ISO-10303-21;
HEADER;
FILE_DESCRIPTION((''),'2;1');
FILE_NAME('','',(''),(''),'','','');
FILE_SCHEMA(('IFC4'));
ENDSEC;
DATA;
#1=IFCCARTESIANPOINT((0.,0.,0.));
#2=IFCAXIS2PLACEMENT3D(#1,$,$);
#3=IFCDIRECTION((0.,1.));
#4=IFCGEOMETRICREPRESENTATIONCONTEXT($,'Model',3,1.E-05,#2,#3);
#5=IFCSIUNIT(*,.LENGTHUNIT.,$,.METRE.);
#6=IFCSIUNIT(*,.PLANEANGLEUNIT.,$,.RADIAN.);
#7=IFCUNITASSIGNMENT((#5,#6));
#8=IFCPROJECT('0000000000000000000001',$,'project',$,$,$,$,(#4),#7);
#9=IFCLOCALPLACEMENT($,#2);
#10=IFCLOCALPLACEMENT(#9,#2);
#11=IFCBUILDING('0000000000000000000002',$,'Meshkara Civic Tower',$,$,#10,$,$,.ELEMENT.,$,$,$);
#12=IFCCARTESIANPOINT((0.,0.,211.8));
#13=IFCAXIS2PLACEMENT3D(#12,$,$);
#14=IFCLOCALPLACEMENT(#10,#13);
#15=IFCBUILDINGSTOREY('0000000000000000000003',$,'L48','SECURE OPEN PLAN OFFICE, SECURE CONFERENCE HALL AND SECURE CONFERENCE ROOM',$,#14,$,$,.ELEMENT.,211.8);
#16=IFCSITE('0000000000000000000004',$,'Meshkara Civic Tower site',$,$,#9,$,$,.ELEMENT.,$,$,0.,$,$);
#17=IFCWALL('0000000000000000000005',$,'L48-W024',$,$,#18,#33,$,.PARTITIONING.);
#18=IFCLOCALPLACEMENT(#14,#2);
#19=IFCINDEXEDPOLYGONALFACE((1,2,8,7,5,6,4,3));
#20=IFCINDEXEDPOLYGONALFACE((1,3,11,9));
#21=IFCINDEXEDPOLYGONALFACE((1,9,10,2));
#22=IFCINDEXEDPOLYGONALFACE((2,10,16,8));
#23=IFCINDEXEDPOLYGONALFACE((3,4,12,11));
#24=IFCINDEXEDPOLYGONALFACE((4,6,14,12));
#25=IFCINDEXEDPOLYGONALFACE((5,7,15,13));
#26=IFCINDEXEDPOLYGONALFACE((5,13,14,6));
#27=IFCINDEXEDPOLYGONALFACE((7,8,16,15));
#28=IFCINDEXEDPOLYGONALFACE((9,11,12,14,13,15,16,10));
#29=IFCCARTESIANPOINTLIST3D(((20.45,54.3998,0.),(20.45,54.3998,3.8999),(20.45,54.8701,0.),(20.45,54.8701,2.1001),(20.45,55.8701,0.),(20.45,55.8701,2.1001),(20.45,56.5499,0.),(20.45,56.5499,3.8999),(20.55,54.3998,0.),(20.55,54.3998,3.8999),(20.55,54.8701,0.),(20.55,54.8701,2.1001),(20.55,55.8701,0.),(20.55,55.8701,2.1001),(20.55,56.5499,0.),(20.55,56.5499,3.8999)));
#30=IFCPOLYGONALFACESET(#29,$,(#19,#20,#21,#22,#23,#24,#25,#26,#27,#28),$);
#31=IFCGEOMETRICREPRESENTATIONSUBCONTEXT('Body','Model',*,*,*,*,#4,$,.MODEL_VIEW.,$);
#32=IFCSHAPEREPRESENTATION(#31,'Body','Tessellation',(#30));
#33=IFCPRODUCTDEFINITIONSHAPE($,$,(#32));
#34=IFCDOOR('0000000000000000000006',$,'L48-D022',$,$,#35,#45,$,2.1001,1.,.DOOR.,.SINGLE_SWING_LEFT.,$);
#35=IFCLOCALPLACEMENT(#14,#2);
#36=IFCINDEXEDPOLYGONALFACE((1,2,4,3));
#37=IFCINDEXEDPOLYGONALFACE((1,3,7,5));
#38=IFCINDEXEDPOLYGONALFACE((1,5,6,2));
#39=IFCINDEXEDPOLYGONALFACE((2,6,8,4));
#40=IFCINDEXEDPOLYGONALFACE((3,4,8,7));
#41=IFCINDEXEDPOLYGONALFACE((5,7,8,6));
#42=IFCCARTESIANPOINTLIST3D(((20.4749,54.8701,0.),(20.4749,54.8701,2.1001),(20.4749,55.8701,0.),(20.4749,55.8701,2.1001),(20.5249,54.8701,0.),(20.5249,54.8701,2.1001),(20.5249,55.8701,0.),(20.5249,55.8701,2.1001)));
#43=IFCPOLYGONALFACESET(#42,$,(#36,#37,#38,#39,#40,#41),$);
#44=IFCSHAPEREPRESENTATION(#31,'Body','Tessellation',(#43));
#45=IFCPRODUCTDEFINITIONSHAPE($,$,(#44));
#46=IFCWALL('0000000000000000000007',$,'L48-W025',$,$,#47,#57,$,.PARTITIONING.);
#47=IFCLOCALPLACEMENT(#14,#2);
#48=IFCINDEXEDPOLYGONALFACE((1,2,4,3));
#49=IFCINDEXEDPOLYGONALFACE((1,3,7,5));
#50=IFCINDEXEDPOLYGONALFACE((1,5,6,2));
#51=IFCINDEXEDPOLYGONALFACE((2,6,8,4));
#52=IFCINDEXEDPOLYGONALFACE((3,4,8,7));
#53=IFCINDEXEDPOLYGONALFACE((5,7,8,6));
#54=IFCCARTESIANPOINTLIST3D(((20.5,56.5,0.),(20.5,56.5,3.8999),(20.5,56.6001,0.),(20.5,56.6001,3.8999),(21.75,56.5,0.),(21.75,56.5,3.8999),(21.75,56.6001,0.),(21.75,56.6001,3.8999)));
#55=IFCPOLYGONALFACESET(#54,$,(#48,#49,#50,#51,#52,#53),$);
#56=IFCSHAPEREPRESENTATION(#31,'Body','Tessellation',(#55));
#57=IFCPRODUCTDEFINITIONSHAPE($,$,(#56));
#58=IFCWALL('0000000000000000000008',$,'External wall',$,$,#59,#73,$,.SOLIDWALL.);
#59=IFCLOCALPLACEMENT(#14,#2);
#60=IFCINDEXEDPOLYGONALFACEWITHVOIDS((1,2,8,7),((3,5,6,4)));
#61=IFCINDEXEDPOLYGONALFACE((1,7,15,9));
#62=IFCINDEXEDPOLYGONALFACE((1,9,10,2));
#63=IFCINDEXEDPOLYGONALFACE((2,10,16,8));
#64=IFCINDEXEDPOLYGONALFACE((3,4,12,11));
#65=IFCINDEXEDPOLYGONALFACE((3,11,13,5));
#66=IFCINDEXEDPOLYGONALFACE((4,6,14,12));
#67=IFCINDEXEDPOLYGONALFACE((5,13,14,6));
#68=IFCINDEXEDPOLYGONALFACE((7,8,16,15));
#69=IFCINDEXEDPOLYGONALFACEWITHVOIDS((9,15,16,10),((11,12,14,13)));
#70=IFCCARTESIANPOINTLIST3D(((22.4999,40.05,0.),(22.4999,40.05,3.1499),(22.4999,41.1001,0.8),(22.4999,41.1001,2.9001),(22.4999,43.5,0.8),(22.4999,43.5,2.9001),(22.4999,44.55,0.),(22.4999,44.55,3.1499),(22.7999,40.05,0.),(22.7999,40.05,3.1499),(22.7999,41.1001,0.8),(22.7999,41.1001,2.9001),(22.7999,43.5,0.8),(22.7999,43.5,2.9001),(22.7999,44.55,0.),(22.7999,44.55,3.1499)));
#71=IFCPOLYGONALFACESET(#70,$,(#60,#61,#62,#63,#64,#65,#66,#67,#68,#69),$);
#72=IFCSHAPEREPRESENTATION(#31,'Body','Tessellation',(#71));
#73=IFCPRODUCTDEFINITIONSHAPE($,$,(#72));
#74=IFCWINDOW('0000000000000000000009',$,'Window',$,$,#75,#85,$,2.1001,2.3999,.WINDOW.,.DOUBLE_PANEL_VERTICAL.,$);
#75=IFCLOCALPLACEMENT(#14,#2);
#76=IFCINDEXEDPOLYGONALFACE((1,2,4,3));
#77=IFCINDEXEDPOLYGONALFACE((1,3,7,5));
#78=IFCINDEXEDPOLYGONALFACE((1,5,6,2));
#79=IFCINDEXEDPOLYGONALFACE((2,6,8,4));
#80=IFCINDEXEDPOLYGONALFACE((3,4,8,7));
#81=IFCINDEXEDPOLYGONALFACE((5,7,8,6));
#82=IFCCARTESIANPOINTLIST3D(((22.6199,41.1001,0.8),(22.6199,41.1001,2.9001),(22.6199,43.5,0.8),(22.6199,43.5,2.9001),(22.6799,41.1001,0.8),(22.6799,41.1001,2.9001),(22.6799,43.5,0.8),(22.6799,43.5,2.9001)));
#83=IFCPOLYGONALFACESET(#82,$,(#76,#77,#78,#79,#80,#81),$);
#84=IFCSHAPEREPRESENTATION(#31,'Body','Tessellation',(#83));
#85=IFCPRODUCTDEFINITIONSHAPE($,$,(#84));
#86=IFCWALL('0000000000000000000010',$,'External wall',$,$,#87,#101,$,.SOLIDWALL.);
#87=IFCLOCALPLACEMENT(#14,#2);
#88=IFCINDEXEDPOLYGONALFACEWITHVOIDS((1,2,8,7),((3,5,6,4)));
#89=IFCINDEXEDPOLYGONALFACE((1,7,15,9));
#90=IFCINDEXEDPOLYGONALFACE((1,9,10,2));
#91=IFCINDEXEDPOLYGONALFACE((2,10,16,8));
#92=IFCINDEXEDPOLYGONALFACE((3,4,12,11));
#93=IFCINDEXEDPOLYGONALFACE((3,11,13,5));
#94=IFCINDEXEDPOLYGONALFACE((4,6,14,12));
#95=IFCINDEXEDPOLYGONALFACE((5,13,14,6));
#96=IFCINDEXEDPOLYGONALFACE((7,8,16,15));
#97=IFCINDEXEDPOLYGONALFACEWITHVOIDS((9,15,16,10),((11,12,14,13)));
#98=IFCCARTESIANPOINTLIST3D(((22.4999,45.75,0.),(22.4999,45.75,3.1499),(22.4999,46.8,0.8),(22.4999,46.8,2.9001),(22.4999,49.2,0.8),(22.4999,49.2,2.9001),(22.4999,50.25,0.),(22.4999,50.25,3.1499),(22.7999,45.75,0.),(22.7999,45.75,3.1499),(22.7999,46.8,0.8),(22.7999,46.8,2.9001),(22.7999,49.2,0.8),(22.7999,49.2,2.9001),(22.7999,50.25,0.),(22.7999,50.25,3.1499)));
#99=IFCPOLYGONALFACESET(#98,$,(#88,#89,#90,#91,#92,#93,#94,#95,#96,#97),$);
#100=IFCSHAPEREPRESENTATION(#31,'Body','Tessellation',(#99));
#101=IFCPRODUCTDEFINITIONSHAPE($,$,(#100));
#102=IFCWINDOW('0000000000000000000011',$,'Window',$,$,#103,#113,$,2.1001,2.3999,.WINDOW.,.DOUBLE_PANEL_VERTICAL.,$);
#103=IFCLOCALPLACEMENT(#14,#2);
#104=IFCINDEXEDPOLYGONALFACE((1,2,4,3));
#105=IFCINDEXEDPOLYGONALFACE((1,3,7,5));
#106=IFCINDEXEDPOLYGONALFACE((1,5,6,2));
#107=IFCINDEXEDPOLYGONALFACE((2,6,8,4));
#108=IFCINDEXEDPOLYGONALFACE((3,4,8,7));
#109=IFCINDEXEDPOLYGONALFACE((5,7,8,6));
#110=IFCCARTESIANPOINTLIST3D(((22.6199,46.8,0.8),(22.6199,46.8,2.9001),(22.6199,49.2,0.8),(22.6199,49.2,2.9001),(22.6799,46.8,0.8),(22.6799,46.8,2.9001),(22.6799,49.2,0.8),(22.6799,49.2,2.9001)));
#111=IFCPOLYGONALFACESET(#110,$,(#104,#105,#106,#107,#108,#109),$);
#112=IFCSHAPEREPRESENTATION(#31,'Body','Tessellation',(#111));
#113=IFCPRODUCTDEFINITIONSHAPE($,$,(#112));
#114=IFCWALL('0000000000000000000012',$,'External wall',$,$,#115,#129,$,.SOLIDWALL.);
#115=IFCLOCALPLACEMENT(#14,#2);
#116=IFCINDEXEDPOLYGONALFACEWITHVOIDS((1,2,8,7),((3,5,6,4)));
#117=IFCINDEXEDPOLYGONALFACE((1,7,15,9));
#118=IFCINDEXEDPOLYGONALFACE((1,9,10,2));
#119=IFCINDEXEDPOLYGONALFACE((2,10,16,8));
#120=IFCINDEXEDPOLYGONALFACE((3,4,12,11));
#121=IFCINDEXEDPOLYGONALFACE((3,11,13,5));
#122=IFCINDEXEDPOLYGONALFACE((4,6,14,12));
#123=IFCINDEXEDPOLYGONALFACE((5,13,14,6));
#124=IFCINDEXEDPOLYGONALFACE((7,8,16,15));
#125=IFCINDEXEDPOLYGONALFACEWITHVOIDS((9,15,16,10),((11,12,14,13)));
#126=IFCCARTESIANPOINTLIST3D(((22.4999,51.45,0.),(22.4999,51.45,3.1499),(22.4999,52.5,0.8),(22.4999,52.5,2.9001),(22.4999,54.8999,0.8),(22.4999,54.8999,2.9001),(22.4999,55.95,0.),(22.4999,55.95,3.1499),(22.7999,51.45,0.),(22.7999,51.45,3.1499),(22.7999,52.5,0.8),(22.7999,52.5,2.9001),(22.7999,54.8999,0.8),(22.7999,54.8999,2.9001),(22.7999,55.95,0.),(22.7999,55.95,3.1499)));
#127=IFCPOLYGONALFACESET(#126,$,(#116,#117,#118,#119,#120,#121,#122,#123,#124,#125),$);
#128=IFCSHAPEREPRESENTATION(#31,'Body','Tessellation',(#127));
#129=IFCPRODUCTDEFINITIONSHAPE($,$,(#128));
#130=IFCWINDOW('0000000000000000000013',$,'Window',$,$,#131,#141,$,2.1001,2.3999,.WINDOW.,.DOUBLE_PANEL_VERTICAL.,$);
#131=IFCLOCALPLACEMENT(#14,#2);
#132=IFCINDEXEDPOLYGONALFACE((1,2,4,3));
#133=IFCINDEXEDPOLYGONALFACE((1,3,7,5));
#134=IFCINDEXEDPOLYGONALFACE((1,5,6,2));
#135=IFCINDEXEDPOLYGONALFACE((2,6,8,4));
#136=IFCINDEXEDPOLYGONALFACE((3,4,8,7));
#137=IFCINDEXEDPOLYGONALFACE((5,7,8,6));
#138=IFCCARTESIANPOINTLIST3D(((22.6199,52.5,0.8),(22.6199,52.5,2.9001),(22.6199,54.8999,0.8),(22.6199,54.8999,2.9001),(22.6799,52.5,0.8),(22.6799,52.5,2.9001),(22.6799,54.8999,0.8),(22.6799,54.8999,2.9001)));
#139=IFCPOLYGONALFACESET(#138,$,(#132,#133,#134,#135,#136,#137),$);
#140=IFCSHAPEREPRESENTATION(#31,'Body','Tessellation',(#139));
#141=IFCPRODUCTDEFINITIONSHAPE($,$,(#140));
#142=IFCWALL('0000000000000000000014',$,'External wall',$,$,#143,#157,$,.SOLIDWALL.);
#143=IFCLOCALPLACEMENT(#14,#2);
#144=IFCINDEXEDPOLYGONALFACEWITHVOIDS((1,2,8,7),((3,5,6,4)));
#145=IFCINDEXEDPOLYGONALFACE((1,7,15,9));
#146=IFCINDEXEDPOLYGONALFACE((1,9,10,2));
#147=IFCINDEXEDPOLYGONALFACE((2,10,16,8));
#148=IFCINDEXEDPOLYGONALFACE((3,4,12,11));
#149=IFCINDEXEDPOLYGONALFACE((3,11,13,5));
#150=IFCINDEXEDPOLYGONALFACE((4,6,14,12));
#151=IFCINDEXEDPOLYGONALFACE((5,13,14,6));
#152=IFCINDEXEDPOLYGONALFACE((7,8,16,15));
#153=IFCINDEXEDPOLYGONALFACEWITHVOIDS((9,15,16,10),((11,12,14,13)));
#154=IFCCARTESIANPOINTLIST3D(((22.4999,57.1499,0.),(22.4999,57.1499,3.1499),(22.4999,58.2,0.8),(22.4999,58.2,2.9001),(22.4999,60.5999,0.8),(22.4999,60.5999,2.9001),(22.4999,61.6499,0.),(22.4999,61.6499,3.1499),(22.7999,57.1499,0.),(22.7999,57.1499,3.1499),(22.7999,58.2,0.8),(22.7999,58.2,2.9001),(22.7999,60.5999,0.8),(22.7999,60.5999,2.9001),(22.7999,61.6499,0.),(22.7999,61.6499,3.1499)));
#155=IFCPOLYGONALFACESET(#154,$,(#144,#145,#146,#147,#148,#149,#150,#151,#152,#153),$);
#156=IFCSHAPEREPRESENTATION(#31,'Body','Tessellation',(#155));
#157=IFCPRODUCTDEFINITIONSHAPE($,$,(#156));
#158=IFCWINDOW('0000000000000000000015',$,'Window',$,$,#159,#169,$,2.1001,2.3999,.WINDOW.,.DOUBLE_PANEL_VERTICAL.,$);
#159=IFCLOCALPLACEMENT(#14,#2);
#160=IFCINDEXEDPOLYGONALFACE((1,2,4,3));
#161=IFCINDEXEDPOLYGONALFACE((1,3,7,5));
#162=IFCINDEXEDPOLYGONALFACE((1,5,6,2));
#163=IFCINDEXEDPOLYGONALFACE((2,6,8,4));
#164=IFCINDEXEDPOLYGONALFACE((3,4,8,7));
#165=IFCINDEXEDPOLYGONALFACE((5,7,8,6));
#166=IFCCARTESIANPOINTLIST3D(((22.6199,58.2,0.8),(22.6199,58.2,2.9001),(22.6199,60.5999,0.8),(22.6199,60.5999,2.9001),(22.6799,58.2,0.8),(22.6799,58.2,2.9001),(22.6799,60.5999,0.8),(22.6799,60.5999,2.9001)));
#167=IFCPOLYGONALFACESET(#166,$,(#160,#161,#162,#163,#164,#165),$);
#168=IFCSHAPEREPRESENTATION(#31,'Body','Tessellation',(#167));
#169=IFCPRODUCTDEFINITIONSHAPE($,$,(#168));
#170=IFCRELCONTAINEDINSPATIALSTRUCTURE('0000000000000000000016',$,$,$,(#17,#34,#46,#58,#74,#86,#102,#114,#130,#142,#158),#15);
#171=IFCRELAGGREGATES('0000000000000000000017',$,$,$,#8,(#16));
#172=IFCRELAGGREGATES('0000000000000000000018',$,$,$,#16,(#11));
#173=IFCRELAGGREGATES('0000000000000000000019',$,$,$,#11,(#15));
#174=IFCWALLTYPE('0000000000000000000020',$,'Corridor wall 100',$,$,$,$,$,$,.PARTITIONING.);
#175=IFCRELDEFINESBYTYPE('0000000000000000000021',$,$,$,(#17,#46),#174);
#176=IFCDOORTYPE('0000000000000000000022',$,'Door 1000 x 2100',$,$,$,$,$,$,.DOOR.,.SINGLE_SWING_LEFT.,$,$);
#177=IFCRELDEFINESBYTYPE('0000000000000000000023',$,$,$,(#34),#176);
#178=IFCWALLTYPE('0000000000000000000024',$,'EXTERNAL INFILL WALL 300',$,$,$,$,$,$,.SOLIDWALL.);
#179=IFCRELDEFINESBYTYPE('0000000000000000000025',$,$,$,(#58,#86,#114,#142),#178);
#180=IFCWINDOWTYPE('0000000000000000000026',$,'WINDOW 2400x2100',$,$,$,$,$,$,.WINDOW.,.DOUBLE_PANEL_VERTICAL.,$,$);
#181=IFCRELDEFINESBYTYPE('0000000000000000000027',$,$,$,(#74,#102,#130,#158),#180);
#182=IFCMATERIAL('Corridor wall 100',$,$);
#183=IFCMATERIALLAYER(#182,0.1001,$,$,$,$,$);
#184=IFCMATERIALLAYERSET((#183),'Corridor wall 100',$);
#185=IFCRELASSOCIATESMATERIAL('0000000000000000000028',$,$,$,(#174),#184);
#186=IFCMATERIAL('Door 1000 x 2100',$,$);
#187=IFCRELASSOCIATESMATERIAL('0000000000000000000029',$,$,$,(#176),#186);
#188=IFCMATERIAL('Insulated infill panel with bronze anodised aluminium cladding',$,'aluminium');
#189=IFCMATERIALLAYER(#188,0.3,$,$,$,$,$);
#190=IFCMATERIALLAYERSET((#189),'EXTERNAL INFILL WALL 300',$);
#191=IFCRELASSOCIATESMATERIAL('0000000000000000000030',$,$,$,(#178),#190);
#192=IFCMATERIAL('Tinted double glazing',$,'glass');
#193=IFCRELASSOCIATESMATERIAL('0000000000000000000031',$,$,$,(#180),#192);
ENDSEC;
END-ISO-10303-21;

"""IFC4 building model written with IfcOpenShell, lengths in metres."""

from ifc_helpers import new_model, si_unit, direction, frame, frame_2d, origin, place, context, subcontext, project, spatial, rectangle, extrude, material, layer, layer_set, type_object, element, fill, save


model = new_model("IFC4")

# Units and contexts
model_context = context("Model", 3, precision=1e-05, world=origin(), true_north=direction((0.0, 1.0)))
body_context = subcontext(model_context, "Body", "Model", "MODEL_VIEW")
ifc_project = project(units=[si_unit("LENGTHUNIT", "METRE"), si_unit("PLANEANGLEUNIT", "RADIAN")], contexts=[model_context])

# Site, building, storey
site_placement = place(None, origin())
site = spatial("IfcSite", under=ifc_project, at=site_placement, Name="Meshkara Civic Tower site", CompositionType="ELEMENT", RefElevation=0.0)
building_placement = place(site_placement, origin())
building = spatial("IfcBuilding", under=site, at=building_placement, Name="Meshkara Civic Tower", CompositionType="ELEMENT")
storey_placement = place(building_placement, frame((0.0, 0.0, 211.8)))
storey = spatial("IfcBuildingStorey", under=building, at=storey_placement, Name="L48", Description="SECURE OPEN PLAN OFFICE, SECURE CONFERENCE HALL AND SECURE CONFERENCE ROOM", CompositionType="ELEMENT", Elevation=211.8)

# Shared definitions
ifc_material_1 = material(Name="Corridor wall 100")
ifc_layer_1 = layer(ifc_material_1, 0.1001)
ifc_layer_set_1 = layer_set([ifc_layer_1], Name="Corridor wall 100")
wall_type_1 = type_object("IfcWallType", Name="Corridor wall 100", PredefinedType="PARTITIONING", material=ifc_layer_set_1)

# Wall, opening, door
wall_1_placement = place(storey_placement, frame((20.5, 56.55, 0.0), z_axis=(0.0, 0.0, 1.0), x_axis=(0.0, -1.0, 0.0)))
wall_1 = element("IfcWall", 1, at=wall_1_placement, inside=storey, type_object=wall_type_1, Name="L48-W024", PredefinedType="PARTITIONING", context=body_context, shape_type="SweptSolid", body=[
    extrude(rectangle(XDim=2.1501, YDim=0.1001, at=frame_2d((1.0752, 0.0))), origin(), (0.0, 0.0, 1.0), 3.8999),
])
opening_1_placement = place(wall_1_placement, frame((0.6799, 0.0, 0.0)))
opening_1 = element("IfcOpeningElement", 2, at=opening_1_placement, cuts=wall_1, PredefinedType="OPENING", context=body_context, shape_type="SweptSolid", body=[
    extrude(rectangle(XDim=1.0, YDim=2.1001, at=frame_2d((0.5, 1.05))), frame((0.0, 0.0601, 0.0), z_axis=(0.0, -1.0, 0.0), x_axis=(1.0, 0.0, 0.0)), (0.0, 0.0, 1.0), 0.1201),
])
ifc_material_2 = material(Name="Door 1000 x 2100")
door_type = type_object("IfcDoorType", Name="Door 1000 x 2100", OperationType="SINGLE_SWING_LEFT", PredefinedType="DOOR", material=ifc_material_2)
door_placement = place(opening_1_placement, origin())
door = element("IfcDoor", 3, at=door_placement, inside=storey, type_object=door_type, Name="L48-D022", OperationType="SINGLE_SWING_LEFT", OverallHeight=2.1001, OverallWidth=1.0, PredefinedType="DOOR", context=body_context, shape_type="SweptSolid", body=[
    extrude(rectangle(XDim=1.0, YDim=2.1001, at=frame_2d((0.5, 1.05))), frame((0.0, 0.0249, 0.0), z_axis=(0.0, -1.0, 0.0), x_axis=(1.0, 0.0, 0.0)), (0.0, 0.0, 1.0), 0.05),
])
fill(opening_1, door)

# Wall
wall_2_placement = place(storey_placement, frame((21.75, 56.55, 0.0), z_axis=(0.0, 0.0, 1.0), x_axis=(-1.0, 0.0, 0.0)))
element("IfcWall", 4, at=wall_2_placement, inside=storey, type_object=wall_type_1, Name="L48-W025", PredefinedType="PARTITIONING", context=body_context, shape_type="SweptSolid", body=[
    extrude(rectangle(XDim=1.25, YDim=0.1001, at=frame_2d((0.625, 0.0))), origin(), (0.0, 0.0, 1.0), 3.8999),
])

# Walls, openings, windows
ifc_material_3 = material(Name="Insulated infill panel with bronze anodised aluminium cladding", Category="aluminium")
ifc_layer_2 = layer(ifc_material_3, 0.3)
ifc_layer_set_2 = layer_set([ifc_layer_2], Name="EXTERNAL INFILL WALL 300")
wall_type_2 = type_object("IfcWallType", Name="EXTERNAL INFILL WALL 300", PredefinedType="SOLIDWALL", material=ifc_layer_set_2)
wall_3_placement = place(storey_placement, frame((22.6499, 40.05, 0.0), z_axis=(0.0, 0.0, 1.0), x_axis=(0.0, 1.0, 0.0)))
wall_3 = element("IfcWall", 5, at=wall_3_placement, inside=storey, type_object=wall_type_2, Name="External wall", PredefinedType="SOLIDWALL", context=body_context, shape_type="SweptSolid", body=[
    extrude(rectangle(XDim=4.5, YDim=0.3, at=frame_2d((2.25, 0.0))), origin(), (0.0, 0.0, 1.0), 3.1499),
])
opening_2_placement = place(wall_3_placement, frame((1.05, 0.0, 0.8)))
opening_2 = element("IfcOpeningElement", 6, at=opening_2_placement, cuts=wall_3, PredefinedType="OPENING", context=body_context, shape_type="SweptSolid", body=[
    extrude(rectangle(XDim=2.3999, YDim=2.1001, at=frame_2d((1.2, 1.05))), frame((0.0, 0.1599, 0.0), z_axis=(0.0, -1.0, 0.0), x_axis=(1.0, 0.0, 0.0)), (0.0, 0.0, 1.0), 0.3201),
])
ifc_material_4 = material(Name="Tinted double glazing", Category="glass")
window_type = type_object("IfcWindowType", Name="WINDOW 2400x2100", PartitioningType="DOUBLE_PANEL_VERTICAL", PredefinedType="WINDOW", material=ifc_material_4)
window_1_placement = place(opening_2_placement, origin())
window_1 = element("IfcWindow", 7, at=window_1_placement, inside=storey, type_object=window_type, Name="Window", OverallHeight=2.1001, OverallWidth=2.3999, PartitioningType="DOUBLE_PANEL_VERTICAL", PredefinedType="WINDOW", context=body_context, shape_type="SweptSolid", body=[
    extrude(rectangle(XDim=2.3999, YDim=2.1001, at=frame_2d((1.2, 1.05))), frame((0.0, 0.03, 0.0), z_axis=(0.0, -1.0, 0.0), x_axis=(1.0, 0.0, 0.0)), (0.0, 0.0, 1.0), 0.0601),
])
fill(opening_2, window_1)
wall_4_placement = place(storey_placement, frame((22.6499, 45.75, 0.0), z_axis=(0.0, 0.0, 1.0), x_axis=(0.0, 1.0, 0.0)))
wall_4 = element("IfcWall", 8, at=wall_4_placement, inside=storey, type_object=wall_type_2, Name="External wall", PredefinedType="SOLIDWALL", context=body_context, shape_type="SweptSolid", body=[
    extrude(rectangle(XDim=4.5, YDim=0.3, at=frame_2d((2.25, 0.0))), origin(), (0.0, 0.0, 1.0), 3.1499),
])
opening_3_placement = place(wall_4_placement, frame((1.05, 0.0, 0.8)))
opening_3 = element("IfcOpeningElement", 9, at=opening_3_placement, cuts=wall_4, PredefinedType="OPENING", context=body_context, shape_type="SweptSolid", body=[
    extrude(rectangle(XDim=2.3999, YDim=2.1001, at=frame_2d((1.2, 1.05))), frame((0.0, 0.1599, 0.0), z_axis=(0.0, -1.0, 0.0), x_axis=(1.0, 0.0, 0.0)), (0.0, 0.0, 1.0), 0.3201),
])
window_2_placement = place(opening_3_placement, origin())
window_2 = element("IfcWindow", 10, at=window_2_placement, inside=storey, type_object=window_type, Name="Window", OverallHeight=2.1001, OverallWidth=2.3999, PartitioningType="DOUBLE_PANEL_VERTICAL", PredefinedType="WINDOW", context=body_context, shape_type="SweptSolid", body=[
    extrude(rectangle(XDim=2.3999, YDim=2.1001, at=frame_2d((1.2, 1.05))), frame((0.0, 0.03, 0.0), z_axis=(0.0, -1.0, 0.0), x_axis=(1.0, 0.0, 0.0)), (0.0, 0.0, 1.0), 0.0601),
])
fill(opening_3, window_2)
wall_5_placement = place(storey_placement, frame((22.6499, 51.45, 0.0), z_axis=(0.0, 0.0, 1.0), x_axis=(0.0, 1.0, 0.0)))
wall_5 = element("IfcWall", 11, at=wall_5_placement, inside=storey, type_object=wall_type_2, Name="External wall", PredefinedType="SOLIDWALL", context=body_context, shape_type="SweptSolid", body=[
    extrude(rectangle(XDim=4.5, YDim=0.3, at=frame_2d((2.25, 0.0))), origin(), (0.0, 0.0, 1.0), 3.1499),
])
opening_4_placement = place(wall_5_placement, frame((1.05, 0.0, 0.8)))
opening_4 = element("IfcOpeningElement", 12, at=opening_4_placement, cuts=wall_5, PredefinedType="OPENING", context=body_context, shape_type="SweptSolid", body=[
    extrude(rectangle(XDim=2.3999, YDim=2.1001, at=frame_2d((1.2, 1.05))), frame((0.0, 0.1599, 0.0), z_axis=(0.0, -1.0, 0.0), x_axis=(1.0, 0.0, 0.0)), (0.0, 0.0, 1.0), 0.3201),
])
window_3_placement = place(opening_4_placement, origin())
window_3 = element("IfcWindow", 13, at=window_3_placement, inside=storey, type_object=window_type, Name="Window", OverallHeight=2.1001, OverallWidth=2.3999, PartitioningType="DOUBLE_PANEL_VERTICAL", PredefinedType="WINDOW", context=body_context, shape_type="SweptSolid", body=[
    extrude(rectangle(XDim=2.3999, YDim=2.1001, at=frame_2d((1.2, 1.05))), frame((0.0, 0.03, 0.0), z_axis=(0.0, -1.0, 0.0), x_axis=(1.0, 0.0, 0.0)), (0.0, 0.0, 1.0), 0.0601),
])
fill(opening_4, window_3)
wall_6_placement = place(storey_placement, frame((22.6499, 57.1499, 0.0), z_axis=(0.0, 0.0, 1.0), x_axis=(0.0, 1.0, 0.0)))
wall_6 = element("IfcWall", 14, at=wall_6_placement, inside=storey, type_object=wall_type_2, Name="External wall", PredefinedType="SOLIDWALL", context=body_context, shape_type="SweptSolid", body=[
    extrude(rectangle(XDim=4.5, YDim=0.3, at=frame_2d((2.25, 0.0))), origin(), (0.0, 0.0, 1.0), 3.1499),
])
opening_5_placement = place(wall_6_placement, frame((1.05, 0.0, 0.8)))
opening_5 = element("IfcOpeningElement", 15, at=opening_5_placement, cuts=wall_6, PredefinedType="OPENING", context=body_context, shape_type="SweptSolid", body=[
    extrude(rectangle(XDim=2.3999, YDim=2.1001, at=frame_2d((1.2, 1.05))), frame((0.0, 0.1599, 0.0), z_axis=(0.0, -1.0, 0.0), x_axis=(1.0, 0.0, 0.0)), (0.0, 0.0, 1.0), 0.3201),
])
window_4_placement = place(opening_5_placement, origin())
window_4 = element("IfcWindow", 16, at=window_4_placement, inside=storey, type_object=window_type, Name="Window", OverallHeight=2.1001, OverallWidth=2.3999, PartitioningType="DOUBLE_PANEL_VERTICAL", PredefinedType="WINDOW", context=body_context, shape_type="SweptSolid", body=[
    extrude(rectangle(XDim=2.3999, YDim=2.1001, at=frame_2d((1.2, 1.05))), frame((0.0, 0.03, 0.0), z_axis=(0.0, -1.0, 0.0), x_axis=(1.0, 0.0, 0.0)), (0.0, 0.0, 1.0), 0.0601),
])
fill(opening_5, window_4)

save(model, "model.ifc")
